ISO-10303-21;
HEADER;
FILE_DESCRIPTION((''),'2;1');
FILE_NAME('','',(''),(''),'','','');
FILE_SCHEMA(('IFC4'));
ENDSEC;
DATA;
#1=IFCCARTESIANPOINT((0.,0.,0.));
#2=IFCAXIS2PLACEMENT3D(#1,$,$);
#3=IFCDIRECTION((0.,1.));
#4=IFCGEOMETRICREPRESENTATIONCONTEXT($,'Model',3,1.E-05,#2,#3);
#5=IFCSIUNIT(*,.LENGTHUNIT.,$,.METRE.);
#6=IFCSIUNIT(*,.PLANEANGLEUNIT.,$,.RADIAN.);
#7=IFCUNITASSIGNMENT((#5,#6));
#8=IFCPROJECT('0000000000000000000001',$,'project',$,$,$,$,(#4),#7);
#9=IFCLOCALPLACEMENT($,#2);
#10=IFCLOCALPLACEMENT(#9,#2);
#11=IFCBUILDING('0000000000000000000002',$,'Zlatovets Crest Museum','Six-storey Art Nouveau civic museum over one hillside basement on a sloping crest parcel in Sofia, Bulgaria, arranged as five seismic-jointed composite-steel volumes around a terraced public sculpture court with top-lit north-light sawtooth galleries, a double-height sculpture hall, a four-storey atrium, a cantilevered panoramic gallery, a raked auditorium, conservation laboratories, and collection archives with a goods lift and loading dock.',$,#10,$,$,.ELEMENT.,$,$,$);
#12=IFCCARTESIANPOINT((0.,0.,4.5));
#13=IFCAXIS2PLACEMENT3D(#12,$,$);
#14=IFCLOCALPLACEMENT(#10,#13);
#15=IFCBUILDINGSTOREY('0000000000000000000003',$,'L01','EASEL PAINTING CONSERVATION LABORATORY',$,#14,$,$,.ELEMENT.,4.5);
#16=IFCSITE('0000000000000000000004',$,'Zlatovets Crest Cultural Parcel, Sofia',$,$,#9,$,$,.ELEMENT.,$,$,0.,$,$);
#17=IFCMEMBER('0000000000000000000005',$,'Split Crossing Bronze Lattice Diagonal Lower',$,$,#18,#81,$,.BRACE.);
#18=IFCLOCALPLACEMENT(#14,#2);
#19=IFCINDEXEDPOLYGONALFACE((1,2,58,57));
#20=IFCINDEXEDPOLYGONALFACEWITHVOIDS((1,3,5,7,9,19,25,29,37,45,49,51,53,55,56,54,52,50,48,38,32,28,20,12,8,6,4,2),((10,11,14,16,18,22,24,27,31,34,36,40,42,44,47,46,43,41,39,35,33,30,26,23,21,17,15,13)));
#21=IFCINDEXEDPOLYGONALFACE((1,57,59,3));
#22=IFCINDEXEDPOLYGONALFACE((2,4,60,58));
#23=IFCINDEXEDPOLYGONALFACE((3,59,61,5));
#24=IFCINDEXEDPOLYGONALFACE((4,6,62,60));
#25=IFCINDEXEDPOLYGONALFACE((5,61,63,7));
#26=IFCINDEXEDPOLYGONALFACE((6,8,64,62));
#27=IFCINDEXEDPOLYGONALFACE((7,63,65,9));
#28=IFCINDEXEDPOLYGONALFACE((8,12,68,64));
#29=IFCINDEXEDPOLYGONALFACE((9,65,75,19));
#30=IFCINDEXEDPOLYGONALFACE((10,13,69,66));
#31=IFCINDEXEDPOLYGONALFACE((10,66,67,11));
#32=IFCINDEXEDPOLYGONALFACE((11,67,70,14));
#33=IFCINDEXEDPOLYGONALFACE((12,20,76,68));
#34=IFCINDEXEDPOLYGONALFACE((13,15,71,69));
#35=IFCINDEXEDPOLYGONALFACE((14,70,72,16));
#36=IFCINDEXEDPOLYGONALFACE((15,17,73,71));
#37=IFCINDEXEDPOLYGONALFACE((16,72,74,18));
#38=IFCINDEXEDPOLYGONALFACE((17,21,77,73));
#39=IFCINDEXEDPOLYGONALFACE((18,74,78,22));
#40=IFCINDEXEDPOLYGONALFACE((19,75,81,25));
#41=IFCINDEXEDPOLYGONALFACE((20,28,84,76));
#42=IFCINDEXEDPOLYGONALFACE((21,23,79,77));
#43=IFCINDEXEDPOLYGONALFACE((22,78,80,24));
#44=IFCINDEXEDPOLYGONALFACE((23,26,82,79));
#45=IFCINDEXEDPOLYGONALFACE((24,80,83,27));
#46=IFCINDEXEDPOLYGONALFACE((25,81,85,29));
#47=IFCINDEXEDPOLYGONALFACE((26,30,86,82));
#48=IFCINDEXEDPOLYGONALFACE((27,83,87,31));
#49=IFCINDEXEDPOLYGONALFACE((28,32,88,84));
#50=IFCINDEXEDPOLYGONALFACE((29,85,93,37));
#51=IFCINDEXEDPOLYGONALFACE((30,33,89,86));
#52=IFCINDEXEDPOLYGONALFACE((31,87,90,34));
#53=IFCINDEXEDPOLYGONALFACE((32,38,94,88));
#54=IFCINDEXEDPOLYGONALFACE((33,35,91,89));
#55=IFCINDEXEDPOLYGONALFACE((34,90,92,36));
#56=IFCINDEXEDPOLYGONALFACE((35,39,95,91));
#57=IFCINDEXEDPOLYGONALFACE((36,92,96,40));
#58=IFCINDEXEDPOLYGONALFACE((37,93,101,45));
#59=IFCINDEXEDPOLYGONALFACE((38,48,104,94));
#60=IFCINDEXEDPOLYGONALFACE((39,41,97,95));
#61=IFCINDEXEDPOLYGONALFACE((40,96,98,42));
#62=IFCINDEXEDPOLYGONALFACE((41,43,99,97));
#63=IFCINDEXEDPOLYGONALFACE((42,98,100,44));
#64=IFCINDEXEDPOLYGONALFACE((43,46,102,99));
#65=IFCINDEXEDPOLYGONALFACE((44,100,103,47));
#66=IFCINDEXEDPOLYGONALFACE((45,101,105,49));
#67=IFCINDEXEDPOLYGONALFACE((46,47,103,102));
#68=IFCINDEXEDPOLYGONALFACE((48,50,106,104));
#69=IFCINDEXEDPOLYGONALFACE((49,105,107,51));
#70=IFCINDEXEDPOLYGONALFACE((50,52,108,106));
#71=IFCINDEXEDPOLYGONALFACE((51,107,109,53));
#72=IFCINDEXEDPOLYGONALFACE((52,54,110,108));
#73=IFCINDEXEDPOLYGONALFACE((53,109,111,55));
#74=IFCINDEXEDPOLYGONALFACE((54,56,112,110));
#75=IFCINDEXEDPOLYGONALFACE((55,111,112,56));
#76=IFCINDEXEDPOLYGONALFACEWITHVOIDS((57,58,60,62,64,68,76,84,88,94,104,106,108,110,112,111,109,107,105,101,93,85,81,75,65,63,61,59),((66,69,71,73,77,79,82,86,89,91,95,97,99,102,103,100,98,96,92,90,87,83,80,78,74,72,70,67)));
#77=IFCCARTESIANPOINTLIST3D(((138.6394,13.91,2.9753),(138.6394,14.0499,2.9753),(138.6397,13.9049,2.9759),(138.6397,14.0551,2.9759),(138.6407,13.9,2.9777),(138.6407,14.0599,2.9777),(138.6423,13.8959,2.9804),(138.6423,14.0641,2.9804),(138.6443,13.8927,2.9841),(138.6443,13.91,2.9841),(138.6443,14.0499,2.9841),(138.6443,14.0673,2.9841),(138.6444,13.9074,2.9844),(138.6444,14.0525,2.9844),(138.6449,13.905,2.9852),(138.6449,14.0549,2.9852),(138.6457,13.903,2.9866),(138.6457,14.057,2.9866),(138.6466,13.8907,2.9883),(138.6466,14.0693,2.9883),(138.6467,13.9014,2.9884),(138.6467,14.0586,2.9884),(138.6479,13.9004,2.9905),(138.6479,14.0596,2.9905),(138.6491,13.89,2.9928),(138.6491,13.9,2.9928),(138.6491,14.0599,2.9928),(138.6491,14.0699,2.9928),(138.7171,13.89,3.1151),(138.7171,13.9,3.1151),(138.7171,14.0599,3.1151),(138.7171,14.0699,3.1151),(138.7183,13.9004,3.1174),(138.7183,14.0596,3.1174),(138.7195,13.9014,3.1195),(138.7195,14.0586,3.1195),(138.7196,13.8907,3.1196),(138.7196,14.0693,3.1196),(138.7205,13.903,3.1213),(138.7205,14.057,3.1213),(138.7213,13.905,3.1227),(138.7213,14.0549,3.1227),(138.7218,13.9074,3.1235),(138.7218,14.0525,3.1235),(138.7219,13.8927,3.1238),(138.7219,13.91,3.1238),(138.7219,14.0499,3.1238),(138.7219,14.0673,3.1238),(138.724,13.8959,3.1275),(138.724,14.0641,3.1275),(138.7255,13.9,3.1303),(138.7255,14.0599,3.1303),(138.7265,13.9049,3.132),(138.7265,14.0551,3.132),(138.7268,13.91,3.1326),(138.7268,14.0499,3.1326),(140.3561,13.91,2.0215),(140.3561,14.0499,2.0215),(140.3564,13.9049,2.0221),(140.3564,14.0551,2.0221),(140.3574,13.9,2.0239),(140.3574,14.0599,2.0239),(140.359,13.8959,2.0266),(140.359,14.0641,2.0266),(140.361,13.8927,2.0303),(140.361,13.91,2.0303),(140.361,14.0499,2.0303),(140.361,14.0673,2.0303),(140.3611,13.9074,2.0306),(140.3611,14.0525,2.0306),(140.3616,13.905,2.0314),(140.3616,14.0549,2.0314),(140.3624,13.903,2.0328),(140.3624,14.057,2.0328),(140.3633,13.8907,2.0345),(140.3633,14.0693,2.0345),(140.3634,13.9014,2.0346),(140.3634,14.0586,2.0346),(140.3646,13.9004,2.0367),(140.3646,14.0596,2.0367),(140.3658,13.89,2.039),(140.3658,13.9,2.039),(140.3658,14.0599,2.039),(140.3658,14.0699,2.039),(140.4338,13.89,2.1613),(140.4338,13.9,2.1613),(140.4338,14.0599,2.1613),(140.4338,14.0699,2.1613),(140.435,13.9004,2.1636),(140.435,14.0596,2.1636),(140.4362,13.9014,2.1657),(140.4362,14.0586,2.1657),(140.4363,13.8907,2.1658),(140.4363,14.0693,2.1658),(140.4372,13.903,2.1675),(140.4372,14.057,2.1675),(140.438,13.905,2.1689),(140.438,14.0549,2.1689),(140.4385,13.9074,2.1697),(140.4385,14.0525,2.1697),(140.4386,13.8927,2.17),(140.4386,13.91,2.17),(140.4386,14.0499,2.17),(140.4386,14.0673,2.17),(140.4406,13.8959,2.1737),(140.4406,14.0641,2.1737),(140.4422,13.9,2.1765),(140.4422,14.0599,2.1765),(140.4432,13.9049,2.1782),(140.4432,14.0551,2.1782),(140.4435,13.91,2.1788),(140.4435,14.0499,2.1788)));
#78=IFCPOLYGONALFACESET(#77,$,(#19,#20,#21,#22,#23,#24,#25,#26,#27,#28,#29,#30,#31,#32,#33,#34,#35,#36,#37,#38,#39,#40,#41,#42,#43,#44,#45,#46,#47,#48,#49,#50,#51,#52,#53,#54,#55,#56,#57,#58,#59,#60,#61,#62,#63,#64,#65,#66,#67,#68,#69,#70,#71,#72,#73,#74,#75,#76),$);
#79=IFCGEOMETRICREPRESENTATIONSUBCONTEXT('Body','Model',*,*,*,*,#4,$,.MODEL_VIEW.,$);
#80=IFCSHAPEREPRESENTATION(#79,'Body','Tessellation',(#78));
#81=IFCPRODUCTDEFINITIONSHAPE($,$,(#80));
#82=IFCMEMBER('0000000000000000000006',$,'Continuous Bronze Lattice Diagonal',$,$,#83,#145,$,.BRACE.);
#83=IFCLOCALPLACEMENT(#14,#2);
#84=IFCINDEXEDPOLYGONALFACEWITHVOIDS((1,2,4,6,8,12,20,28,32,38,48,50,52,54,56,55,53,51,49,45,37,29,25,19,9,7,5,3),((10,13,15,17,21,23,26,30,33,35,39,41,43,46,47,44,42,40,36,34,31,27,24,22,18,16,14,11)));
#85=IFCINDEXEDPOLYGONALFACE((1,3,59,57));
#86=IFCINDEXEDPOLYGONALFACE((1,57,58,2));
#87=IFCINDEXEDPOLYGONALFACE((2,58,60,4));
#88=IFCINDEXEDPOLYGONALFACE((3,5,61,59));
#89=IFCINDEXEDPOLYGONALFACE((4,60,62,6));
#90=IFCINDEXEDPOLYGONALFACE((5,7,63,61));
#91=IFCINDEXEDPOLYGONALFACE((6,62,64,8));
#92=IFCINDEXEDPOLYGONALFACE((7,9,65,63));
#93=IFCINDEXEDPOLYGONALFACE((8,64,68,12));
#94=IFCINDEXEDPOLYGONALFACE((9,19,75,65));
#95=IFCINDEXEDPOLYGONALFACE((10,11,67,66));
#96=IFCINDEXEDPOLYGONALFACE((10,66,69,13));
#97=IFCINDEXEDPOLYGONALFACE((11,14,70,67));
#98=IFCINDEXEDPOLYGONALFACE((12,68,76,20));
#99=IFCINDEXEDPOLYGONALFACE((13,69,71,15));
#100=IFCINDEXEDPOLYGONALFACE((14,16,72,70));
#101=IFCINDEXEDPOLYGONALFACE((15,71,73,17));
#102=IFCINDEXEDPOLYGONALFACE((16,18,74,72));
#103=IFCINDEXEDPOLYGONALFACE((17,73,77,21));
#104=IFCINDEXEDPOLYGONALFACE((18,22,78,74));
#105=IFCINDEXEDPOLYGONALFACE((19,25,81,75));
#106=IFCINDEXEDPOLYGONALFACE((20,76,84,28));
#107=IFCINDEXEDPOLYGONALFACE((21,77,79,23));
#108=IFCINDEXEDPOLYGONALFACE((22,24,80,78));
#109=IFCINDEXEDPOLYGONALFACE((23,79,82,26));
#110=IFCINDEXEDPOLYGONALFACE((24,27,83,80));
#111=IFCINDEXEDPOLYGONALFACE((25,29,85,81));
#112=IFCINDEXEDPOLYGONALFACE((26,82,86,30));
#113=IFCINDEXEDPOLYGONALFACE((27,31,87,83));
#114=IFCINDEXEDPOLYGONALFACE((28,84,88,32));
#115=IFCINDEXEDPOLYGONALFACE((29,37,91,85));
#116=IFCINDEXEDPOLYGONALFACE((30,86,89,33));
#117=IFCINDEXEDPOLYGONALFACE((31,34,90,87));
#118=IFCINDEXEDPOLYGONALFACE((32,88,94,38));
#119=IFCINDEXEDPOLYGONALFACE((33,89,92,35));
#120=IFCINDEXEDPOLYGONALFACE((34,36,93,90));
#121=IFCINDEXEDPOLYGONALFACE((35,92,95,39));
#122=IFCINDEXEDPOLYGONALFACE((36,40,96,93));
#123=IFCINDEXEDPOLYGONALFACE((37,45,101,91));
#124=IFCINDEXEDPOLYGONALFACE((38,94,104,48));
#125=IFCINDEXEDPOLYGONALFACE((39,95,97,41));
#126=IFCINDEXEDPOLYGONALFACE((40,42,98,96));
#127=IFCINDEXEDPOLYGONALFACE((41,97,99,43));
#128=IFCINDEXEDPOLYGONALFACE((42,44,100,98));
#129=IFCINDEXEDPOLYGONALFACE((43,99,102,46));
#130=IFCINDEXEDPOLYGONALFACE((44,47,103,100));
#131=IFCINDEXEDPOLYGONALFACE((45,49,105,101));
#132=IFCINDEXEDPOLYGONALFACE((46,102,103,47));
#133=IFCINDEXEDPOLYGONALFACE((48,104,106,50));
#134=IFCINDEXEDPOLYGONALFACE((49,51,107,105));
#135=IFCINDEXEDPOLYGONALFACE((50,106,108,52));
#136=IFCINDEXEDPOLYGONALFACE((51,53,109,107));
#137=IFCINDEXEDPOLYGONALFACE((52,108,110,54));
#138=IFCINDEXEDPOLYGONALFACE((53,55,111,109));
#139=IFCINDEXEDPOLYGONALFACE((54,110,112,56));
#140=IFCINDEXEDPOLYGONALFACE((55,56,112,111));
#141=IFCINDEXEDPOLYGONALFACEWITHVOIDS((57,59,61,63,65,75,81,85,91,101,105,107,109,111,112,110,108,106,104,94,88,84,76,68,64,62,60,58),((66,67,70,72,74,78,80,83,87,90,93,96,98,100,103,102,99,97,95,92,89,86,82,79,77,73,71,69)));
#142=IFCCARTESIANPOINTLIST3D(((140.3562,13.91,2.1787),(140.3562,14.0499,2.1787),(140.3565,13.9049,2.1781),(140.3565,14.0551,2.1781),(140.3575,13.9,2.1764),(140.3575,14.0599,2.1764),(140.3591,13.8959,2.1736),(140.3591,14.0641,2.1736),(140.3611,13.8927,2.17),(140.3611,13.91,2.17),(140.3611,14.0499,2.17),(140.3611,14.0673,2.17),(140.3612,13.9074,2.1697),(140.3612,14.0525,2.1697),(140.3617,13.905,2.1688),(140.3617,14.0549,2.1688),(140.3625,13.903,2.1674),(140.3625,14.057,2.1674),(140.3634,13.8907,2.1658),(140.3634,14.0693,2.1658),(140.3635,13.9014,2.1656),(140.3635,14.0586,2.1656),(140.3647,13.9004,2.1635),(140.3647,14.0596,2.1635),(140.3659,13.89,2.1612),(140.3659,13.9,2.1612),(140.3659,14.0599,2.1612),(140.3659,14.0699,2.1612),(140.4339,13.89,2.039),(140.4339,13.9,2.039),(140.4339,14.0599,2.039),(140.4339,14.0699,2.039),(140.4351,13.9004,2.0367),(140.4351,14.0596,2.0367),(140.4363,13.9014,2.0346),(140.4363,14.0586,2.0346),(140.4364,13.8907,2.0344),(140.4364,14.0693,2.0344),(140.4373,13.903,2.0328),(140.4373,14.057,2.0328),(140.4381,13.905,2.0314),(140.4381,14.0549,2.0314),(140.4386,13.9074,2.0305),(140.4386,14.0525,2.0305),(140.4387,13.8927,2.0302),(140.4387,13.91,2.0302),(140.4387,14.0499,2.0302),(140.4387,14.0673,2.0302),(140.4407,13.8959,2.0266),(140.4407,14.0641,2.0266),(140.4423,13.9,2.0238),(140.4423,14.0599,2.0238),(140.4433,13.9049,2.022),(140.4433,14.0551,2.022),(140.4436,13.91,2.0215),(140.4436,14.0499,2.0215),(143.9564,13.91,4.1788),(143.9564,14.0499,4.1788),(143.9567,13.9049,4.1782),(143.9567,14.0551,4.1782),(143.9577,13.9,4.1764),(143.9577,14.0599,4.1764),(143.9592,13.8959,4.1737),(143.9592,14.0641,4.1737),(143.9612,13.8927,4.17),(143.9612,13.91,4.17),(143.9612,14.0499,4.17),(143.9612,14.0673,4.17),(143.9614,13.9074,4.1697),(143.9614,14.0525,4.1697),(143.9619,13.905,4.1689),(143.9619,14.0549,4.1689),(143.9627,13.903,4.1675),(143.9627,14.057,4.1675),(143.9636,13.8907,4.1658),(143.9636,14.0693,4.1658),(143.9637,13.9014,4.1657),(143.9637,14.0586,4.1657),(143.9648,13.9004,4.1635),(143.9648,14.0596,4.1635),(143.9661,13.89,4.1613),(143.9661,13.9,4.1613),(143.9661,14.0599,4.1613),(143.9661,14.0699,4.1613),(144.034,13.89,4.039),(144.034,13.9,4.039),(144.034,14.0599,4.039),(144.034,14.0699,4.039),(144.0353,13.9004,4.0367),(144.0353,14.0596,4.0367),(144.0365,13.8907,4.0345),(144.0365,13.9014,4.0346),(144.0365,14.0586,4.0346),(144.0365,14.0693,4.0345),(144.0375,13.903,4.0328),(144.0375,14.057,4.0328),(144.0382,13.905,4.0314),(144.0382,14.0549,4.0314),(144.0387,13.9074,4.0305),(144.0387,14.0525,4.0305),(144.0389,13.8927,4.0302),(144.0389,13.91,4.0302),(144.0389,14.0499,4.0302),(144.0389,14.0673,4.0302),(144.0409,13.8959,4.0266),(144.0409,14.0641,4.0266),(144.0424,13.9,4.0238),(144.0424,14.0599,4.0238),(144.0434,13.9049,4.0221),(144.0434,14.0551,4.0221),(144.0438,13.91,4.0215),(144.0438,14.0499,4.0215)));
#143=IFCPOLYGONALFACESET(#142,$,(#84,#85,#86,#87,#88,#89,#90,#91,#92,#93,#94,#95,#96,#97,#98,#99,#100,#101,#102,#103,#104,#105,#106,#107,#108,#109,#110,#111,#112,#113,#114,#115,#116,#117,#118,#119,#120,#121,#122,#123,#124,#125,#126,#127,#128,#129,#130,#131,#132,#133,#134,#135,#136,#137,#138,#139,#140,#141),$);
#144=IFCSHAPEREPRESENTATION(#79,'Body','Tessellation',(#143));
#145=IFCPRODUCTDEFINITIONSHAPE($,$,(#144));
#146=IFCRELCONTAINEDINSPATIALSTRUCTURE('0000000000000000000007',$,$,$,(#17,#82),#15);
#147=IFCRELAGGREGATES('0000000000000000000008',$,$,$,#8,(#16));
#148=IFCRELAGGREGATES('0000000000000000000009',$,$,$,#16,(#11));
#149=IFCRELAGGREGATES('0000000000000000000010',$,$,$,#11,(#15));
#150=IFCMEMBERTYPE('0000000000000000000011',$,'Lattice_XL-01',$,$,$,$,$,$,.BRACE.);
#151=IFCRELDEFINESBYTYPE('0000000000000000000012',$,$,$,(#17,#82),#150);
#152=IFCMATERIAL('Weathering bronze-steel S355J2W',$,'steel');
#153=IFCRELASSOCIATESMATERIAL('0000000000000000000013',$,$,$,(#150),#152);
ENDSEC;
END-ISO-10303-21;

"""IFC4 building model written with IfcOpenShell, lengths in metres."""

from ifc_helpers import new_model, si_unit, direction, frame, origin, origin_2d, place, context, subcontext, project, spatial, hollow_rectangle, extrude, material, material_profile, profile_set, type_object, element, save


model = new_model("IFC4")

# Units and contexts
model_context = context("Model", 3, precision=1e-05, world=origin(), true_north=direction((0.0, 1.0)))
body_context = subcontext(model_context, "Body", "Model", "MODEL_VIEW")
ifc_project = project(units=[si_unit("LENGTHUNIT", "METRE"), si_unit("PLANEANGLEUNIT", "RADIAN")], contexts=[model_context])

# Site, building, storey
site_placement = place(None, origin())
site = spatial("IfcSite", under=ifc_project, at=site_placement, Name="Zlatovets Crest Cultural Parcel, Sofia", CompositionType="ELEMENT", RefElevation=0.0)
building_placement = place(site_placement, origin())
building = spatial("IfcBuilding", under=site, at=building_placement, Name="Zlatovets Crest Museum", Description="Six-storey Art Nouveau civic museum over one hillside basement on a sloping crest parcel in Sofia, Bulgaria, arranged as five seismic-jointed composite-steel volumes around a terraced public sculpture court with top-lit north-light sawtooth galleries, a double-height sculpture hall, a four-storey atrium, a cantilevered panoramic gallery, a raked auditorium, conservation laboratories, and collection archives with a goods lift and loading dock.", CompositionType="ELEMENT")
storey_placement = place(building_placement, frame((0.0, 0.0, 4.5)))
storey = spatial("IfcBuildingStorey", under=building, at=storey_placement, Name="L01", Description="EASEL PAINTING CONSERVATION LABORATORY", CompositionType="ELEMENT", Elevation=4.5)

# Members
ifc_material_1 = material(Name="Weathering bronze-steel S355J2W", Category="steel")
ifc_material_profile_1 = material_profile(ifc_material_1, hollow_rectangle(XDim=0.1799, YDim=0.1799, WallThickness=0.01, InnerFilletRadius=0.01, OuterFilletRadius=0.02, at=origin_2d()), Name="SHS 180x180x10.0")
ifc_profile_set_1 = profile_set([ifc_material_profile_1], Name="Weathering bronze-steel S355J2W")
member_type_1 = type_object("IfcMemberType", Name="Lattice_XL-01", PredefinedType="BRACE", material=ifc_profile_set_1)
member_1_placement = place(storey_placement, frame((138.6831, 13.98, 3.054), z_axis=(0.87414, 0.0, -0.485675), x_axis=(0.0, 1.0, 0.0)))
element("IfcMember", 1, at=member_1_placement, inside=storey, type_object=member_type_1, Name="Split Crossing Bronze Lattice Diagonal Lower", PredefinedType="BRACE", context=body_context, shape_type="SweptSolid", body=[
    extrude(hollow_rectangle(XDim=0.1799, YDim=0.1799, WallThickness=0.01, InnerFilletRadius=0.01, OuterFilletRadius=0.02, at=origin_2d()), origin(), (0.0, 0.0, 1.0), 1.9639),
])
member_2_placement = place(storey_placement, frame((140.3999, 13.98, 2.1001), z_axis=(0.874163, 0.0, 0.485633), x_axis=(0.0, 1.0, 0.0)))
element("IfcMember", 2, at=member_2_placement, inside=storey, type_object=member_type_1, Name="Continuous Bronze Lattice Diagonal", PredefinedType="BRACE", context=body_context, shape_type="SweptSolid", body=[
    extrude(hollow_rectangle(XDim=0.1799, YDim=0.1799, WallThickness=0.01, InnerFilletRadius=0.01, OuterFilletRadius=0.02, at=origin_2d()), origin(), (0.0, 0.0, 1.0), 4.1184),
])

save(model, "model.ifc")
